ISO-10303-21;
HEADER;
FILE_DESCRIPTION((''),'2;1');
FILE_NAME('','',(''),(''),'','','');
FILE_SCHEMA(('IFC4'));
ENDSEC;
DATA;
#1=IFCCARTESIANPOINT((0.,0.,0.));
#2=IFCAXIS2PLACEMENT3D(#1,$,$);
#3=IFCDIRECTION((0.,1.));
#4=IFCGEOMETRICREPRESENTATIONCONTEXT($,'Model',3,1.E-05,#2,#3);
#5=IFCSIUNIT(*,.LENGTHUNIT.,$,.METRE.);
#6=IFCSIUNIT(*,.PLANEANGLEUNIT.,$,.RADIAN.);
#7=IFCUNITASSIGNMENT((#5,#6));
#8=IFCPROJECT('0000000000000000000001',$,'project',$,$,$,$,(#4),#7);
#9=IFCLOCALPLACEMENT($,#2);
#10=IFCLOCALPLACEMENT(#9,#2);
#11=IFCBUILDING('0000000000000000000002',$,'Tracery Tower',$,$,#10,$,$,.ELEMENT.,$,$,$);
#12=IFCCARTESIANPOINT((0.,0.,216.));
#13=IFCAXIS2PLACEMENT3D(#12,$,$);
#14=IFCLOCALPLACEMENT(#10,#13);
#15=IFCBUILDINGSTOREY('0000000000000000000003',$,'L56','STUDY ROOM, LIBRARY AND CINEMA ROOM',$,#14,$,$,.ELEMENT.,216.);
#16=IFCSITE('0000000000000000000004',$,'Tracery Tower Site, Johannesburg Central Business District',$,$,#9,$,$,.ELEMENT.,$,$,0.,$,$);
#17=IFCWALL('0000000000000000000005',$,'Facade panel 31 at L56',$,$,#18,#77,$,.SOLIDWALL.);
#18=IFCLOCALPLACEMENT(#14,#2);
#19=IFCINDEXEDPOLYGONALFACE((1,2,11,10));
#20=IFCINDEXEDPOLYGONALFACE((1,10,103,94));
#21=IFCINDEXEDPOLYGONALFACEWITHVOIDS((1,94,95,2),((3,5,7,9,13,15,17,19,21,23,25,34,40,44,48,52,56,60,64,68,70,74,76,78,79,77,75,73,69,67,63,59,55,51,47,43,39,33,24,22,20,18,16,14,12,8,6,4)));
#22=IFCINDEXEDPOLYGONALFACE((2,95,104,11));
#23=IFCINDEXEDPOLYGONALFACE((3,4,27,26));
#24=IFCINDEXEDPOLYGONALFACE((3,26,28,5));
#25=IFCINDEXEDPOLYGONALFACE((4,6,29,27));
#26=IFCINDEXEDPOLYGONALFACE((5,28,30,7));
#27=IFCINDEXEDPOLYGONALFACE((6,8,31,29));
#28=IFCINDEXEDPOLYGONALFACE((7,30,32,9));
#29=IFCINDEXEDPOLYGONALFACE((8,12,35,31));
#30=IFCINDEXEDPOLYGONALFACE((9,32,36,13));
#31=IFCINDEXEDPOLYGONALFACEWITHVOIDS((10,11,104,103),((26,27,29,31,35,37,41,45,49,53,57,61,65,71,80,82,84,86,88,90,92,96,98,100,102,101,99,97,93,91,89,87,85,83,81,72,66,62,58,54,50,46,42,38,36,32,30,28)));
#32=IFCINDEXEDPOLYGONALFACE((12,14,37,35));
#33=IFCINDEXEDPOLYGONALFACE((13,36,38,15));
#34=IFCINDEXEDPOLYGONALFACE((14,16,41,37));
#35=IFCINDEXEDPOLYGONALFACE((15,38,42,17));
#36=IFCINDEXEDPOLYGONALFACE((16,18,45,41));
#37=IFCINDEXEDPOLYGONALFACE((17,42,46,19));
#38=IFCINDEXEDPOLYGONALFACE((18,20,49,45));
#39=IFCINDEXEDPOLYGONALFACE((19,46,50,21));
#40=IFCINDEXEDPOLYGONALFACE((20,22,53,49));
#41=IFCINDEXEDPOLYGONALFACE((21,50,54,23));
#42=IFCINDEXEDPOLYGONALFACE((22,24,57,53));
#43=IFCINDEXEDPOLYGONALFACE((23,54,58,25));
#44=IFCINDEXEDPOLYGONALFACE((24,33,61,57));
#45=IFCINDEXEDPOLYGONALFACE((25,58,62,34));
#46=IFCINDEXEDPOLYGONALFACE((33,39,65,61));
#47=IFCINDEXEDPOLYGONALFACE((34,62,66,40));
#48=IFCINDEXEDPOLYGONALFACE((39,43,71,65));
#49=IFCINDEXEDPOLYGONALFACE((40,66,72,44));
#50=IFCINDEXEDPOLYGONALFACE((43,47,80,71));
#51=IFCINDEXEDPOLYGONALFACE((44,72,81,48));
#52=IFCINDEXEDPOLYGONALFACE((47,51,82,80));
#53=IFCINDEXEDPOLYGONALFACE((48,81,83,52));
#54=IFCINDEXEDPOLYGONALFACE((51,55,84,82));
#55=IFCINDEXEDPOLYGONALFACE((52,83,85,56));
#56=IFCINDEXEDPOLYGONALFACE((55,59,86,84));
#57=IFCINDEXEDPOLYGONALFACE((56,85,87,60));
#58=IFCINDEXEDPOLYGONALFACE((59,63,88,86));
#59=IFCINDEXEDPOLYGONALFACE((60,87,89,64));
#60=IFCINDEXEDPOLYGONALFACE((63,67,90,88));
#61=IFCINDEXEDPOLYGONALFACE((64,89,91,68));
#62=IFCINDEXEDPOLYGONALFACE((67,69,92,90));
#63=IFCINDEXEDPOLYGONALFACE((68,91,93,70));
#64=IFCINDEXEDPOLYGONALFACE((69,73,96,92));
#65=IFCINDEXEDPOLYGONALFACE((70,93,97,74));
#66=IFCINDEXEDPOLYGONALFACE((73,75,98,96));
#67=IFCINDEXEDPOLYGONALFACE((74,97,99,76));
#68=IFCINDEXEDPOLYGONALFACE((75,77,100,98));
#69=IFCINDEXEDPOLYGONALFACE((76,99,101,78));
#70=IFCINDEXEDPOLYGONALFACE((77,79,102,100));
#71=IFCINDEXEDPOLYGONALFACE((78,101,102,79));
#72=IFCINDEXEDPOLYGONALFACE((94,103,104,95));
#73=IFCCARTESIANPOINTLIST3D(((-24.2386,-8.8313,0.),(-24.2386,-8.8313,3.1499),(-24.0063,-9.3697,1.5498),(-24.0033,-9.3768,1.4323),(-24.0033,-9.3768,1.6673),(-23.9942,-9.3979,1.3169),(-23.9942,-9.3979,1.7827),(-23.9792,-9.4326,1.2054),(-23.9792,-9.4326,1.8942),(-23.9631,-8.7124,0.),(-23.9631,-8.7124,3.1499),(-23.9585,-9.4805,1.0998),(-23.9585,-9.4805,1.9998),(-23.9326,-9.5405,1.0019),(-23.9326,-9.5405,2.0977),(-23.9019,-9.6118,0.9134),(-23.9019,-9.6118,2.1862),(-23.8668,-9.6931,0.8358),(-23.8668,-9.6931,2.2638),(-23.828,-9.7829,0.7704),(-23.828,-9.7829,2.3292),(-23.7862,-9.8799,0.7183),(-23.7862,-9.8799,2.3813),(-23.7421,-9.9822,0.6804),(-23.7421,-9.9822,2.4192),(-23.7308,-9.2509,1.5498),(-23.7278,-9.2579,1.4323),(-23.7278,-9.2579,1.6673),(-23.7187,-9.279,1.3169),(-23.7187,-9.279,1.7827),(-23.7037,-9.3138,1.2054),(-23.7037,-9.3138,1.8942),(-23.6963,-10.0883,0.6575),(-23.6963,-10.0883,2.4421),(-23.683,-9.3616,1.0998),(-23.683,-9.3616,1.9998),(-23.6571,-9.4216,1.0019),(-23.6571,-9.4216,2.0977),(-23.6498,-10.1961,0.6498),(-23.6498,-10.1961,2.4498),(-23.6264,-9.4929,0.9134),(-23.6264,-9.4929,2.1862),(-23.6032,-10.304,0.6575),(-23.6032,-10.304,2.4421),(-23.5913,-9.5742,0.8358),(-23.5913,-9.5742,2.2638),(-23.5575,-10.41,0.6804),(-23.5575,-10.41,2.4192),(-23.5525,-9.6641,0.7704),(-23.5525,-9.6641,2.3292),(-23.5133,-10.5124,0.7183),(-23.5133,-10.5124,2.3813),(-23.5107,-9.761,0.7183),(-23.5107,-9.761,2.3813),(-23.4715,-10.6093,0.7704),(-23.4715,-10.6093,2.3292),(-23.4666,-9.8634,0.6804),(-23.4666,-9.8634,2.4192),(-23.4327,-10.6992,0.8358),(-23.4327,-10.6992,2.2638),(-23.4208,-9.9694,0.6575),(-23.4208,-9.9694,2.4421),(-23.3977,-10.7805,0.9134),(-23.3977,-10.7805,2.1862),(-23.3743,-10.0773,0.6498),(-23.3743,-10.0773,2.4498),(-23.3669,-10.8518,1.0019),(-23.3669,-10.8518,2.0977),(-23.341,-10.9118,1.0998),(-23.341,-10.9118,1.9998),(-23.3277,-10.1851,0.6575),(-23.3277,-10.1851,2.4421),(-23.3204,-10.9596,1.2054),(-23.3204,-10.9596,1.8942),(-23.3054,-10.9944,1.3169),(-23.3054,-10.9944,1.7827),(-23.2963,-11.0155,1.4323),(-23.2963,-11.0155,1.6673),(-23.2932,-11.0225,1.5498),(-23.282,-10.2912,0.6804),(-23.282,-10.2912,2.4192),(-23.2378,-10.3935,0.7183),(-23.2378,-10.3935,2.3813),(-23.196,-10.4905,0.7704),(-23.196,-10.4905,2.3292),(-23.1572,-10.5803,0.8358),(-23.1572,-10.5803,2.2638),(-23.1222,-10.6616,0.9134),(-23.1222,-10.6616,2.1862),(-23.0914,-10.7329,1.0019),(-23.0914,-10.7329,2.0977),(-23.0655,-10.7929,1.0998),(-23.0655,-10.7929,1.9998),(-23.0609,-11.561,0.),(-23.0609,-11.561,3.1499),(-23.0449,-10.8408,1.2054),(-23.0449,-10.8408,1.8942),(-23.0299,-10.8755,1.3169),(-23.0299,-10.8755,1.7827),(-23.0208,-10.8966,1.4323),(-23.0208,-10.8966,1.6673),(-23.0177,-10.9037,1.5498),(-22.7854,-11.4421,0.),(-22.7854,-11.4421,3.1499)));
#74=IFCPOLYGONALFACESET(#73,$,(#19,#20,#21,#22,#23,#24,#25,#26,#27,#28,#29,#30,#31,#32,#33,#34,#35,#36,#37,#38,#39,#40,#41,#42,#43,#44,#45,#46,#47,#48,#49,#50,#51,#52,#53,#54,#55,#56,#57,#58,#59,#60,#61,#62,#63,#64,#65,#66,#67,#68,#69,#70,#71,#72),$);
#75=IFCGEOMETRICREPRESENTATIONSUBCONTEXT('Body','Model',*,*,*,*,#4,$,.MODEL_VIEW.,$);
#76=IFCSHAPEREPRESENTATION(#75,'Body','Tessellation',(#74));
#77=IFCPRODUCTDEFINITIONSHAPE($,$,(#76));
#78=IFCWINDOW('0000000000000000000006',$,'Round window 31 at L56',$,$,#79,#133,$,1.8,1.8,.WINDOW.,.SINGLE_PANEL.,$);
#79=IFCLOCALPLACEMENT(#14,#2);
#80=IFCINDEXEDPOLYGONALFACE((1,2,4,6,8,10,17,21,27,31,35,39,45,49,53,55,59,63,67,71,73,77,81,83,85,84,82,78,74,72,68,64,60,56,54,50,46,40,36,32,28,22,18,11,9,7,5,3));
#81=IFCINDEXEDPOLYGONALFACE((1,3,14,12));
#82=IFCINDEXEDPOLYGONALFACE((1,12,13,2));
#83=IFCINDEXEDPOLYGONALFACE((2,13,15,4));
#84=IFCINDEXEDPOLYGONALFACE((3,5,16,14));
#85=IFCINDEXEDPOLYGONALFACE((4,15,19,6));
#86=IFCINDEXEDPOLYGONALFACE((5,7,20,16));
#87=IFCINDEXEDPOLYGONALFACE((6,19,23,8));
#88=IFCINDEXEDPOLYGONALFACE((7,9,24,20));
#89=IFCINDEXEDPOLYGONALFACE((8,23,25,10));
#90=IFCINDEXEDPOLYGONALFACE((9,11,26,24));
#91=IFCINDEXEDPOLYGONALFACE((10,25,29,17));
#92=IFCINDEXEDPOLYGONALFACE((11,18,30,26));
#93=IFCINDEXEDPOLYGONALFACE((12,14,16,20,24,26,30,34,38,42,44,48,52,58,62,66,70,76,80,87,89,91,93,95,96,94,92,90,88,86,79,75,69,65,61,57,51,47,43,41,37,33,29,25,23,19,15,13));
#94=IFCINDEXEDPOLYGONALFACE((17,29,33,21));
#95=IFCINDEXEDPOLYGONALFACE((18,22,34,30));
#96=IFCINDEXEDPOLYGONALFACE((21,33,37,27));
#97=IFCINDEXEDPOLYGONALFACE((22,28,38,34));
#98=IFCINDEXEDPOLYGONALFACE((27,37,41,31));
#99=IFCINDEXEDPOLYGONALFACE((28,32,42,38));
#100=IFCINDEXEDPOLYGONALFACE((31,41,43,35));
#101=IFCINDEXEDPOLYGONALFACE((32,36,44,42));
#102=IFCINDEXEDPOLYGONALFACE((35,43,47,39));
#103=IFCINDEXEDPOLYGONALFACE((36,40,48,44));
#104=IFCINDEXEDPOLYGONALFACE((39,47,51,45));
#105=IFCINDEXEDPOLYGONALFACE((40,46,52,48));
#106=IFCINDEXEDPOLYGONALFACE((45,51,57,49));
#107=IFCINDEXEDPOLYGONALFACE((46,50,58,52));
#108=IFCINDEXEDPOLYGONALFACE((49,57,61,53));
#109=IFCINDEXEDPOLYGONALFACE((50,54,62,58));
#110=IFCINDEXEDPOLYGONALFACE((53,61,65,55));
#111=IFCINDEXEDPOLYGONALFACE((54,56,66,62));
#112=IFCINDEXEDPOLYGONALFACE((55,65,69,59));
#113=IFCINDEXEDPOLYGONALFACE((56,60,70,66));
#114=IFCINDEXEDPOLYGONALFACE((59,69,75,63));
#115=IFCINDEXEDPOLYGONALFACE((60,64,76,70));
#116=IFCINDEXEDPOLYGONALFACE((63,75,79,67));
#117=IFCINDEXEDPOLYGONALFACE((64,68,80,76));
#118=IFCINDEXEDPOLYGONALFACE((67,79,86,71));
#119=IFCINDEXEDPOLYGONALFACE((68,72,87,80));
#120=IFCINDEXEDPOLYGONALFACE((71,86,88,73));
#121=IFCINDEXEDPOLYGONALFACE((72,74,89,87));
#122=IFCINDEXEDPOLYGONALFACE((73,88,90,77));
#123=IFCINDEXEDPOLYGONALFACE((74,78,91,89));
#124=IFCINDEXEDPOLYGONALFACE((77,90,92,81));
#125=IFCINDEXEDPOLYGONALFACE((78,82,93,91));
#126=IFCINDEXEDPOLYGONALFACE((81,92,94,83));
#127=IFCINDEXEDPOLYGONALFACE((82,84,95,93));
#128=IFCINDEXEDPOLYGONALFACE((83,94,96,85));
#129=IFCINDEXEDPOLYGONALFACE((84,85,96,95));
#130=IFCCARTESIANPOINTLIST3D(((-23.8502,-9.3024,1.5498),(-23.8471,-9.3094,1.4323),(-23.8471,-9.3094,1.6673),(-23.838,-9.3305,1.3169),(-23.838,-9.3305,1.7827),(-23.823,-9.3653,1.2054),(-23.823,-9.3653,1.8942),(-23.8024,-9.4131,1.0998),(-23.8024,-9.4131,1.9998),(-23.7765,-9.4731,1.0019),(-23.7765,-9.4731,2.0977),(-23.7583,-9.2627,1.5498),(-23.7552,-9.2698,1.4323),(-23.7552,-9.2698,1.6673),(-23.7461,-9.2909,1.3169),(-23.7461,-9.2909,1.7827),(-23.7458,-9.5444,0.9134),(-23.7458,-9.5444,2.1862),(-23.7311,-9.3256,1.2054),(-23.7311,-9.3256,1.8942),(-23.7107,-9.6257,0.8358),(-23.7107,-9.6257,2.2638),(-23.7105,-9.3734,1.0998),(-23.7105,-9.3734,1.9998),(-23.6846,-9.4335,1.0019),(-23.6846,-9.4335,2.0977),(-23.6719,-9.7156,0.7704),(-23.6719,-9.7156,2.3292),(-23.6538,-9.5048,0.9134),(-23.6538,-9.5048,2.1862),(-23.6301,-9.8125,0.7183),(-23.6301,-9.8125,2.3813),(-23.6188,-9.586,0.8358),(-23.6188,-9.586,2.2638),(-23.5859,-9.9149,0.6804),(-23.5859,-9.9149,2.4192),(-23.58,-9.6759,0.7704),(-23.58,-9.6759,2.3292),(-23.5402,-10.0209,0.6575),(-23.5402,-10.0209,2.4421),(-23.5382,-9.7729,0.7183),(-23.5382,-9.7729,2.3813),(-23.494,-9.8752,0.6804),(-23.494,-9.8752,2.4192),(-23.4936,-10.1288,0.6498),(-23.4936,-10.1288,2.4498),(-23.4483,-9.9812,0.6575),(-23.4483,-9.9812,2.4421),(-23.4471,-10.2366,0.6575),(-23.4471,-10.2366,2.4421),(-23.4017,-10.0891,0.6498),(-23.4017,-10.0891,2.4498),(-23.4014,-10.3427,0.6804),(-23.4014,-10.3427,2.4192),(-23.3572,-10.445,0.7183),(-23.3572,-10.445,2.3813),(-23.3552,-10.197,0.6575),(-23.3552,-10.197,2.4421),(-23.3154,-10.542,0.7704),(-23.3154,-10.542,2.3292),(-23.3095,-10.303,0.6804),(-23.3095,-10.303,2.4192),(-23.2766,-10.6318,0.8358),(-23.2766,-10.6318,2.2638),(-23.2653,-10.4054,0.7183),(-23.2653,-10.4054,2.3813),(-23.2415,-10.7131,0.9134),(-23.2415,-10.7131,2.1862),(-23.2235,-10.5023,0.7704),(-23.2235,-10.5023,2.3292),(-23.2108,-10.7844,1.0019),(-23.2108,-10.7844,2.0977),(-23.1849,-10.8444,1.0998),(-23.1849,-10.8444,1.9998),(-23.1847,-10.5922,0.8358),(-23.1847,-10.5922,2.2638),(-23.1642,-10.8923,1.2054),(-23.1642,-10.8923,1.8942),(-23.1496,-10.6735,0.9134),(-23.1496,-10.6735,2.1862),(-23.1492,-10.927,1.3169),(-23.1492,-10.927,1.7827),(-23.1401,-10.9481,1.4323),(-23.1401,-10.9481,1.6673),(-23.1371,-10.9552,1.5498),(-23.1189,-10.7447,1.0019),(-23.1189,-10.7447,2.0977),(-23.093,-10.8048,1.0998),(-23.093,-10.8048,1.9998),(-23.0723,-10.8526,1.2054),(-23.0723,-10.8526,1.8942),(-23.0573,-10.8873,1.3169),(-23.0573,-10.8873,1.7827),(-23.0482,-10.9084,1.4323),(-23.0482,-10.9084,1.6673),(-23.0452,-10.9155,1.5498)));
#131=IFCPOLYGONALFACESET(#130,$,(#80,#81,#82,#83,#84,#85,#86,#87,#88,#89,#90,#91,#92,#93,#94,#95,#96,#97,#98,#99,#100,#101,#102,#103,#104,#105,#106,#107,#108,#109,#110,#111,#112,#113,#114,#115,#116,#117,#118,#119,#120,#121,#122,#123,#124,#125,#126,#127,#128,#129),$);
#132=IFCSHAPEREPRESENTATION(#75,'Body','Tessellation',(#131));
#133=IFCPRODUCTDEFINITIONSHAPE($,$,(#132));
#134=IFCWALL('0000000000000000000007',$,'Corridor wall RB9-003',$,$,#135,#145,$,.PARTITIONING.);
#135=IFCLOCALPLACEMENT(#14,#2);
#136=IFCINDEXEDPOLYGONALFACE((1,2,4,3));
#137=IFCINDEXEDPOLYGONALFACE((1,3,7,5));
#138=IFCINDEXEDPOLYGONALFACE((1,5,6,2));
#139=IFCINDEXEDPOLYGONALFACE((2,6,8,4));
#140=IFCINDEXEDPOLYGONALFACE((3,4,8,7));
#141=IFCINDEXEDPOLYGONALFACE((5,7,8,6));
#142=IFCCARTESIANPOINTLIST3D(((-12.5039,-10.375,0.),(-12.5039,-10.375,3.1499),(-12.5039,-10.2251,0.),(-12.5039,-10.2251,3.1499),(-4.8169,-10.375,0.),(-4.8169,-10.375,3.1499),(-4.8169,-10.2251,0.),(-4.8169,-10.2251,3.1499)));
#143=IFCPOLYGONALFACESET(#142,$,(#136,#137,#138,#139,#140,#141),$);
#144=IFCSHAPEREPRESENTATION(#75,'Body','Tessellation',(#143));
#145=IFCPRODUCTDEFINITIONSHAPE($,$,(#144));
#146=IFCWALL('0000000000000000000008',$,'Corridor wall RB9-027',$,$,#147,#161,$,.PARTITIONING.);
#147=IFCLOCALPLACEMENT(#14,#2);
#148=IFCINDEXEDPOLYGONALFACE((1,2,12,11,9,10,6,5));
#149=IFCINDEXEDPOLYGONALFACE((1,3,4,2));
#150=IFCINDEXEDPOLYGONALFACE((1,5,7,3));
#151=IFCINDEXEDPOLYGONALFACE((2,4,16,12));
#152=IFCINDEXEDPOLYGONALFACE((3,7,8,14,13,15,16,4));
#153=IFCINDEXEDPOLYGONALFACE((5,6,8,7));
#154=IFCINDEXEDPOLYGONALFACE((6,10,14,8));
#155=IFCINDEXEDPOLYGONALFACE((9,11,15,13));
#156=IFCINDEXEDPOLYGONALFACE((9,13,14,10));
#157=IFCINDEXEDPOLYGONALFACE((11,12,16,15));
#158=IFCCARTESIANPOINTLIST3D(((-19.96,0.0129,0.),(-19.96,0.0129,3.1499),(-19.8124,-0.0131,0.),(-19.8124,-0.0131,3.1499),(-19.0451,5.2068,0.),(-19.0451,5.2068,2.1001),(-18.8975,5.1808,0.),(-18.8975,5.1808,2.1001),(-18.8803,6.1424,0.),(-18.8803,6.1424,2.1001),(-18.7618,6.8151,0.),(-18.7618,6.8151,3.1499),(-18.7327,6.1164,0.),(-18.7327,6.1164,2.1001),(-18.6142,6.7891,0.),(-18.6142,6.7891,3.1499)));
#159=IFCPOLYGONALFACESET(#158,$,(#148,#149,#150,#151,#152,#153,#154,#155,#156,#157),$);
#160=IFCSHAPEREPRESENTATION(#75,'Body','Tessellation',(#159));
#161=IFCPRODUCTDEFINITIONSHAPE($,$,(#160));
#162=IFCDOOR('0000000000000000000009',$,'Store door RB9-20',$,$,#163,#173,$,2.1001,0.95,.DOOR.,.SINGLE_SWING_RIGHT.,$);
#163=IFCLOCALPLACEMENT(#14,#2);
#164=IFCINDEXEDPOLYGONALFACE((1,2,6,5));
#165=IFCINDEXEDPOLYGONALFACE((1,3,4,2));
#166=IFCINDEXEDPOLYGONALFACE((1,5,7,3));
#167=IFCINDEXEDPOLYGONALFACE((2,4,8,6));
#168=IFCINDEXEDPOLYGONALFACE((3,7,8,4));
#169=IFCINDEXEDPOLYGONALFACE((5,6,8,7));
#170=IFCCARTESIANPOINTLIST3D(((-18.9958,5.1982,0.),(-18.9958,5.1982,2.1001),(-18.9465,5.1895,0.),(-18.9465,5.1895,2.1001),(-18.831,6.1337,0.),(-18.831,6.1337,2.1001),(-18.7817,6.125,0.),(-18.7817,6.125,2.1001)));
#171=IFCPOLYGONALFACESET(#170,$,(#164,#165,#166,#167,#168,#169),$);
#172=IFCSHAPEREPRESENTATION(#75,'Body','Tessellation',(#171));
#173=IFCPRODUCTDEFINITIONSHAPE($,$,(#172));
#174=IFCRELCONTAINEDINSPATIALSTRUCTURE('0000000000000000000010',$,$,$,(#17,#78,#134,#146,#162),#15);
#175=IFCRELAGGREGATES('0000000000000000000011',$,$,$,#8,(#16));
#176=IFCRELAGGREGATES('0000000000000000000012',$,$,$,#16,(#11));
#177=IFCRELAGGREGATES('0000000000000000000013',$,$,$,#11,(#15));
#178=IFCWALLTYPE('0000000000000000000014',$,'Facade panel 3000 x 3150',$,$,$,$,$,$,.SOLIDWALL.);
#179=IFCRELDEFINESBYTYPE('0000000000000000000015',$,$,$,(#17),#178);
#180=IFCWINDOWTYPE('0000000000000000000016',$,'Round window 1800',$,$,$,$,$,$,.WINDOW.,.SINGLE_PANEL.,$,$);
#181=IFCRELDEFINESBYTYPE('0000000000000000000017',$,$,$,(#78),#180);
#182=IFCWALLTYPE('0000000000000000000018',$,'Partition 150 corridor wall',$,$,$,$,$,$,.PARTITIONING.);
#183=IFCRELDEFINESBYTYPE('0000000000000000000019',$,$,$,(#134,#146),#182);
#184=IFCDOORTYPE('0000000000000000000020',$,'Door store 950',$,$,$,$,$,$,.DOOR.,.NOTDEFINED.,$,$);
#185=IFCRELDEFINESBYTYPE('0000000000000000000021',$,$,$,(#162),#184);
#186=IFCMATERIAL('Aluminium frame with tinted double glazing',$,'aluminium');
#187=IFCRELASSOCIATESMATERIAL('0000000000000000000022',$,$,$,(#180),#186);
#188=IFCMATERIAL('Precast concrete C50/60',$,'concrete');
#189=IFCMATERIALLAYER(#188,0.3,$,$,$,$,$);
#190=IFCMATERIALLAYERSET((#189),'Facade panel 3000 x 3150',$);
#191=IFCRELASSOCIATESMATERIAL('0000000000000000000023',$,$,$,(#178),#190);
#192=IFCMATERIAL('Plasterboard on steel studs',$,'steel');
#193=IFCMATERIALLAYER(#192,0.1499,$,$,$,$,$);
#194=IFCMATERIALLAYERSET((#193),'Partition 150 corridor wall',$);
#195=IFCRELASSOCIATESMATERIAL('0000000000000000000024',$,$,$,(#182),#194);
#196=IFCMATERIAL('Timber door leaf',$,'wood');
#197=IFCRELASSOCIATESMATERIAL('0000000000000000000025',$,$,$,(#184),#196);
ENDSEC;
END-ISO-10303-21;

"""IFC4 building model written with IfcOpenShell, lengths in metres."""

from ifc_helpers import new_model, si_unit, direction, frame, frame_2d, origin, origin_2d, place, context, subcontext, project, spatial, rectangle, circle, extrude, material, layer, layer_set, type_object, element, fill, save


model = new_model("IFC4")

# Units and contexts
model_context = context("Model", 3, precision=1e-05, world=origin(), true_north=direction((0.0, 1.0)))
body_context = subcontext(model_context, "Body", "Model", "MODEL_VIEW")
ifc_project = project(units=[si_unit("LENGTHUNIT", "METRE"), si_unit("PLANEANGLEUNIT", "RADIAN")], contexts=[model_context])

# Site, building, storey
site_placement = place(None, origin())
site = spatial("IfcSite", under=ifc_project, at=site_placement, Name="Tracery Tower Site, Johannesburg Central Business District", CompositionType="ELEMENT", RefElevation=0.0)
building_placement = place(site_placement, origin())
building = spatial("IfcBuilding", under=site, at=building_placement, Name="Tracery Tower", CompositionType="ELEMENT")
storey_placement = place(building_placement, frame((0.0, 0.0, 216.0)))
storey = spatial("IfcBuildingStorey", under=building, at=storey_placement, Name="L56", Description="STUDY ROOM, LIBRARY AND CINEMA ROOM", CompositionType="ELEMENT", Elevation=216.0)

# Wall, opening, window
ifc_material_1 = material(Name="Aluminium frame with tinted double glazing", Category="aluminium")
window_type = type_object("IfcWindowType", Name="Round window 1800", PartitioningType="SINGLE_PANEL", PredefinedType="WINDOW", material=ifc_material_1)
ifc_material_2 = material(Name="Precast concrete C50/60", Category="concrete")
ifc_layer_1 = layer(ifc_material_2, 0.3)
ifc_layer_set_1 = layer_set([ifc_layer_1], Name="Facade panel 3000 x 3150")
wall_type_1 = type_object("IfcWallType", Name="Facade panel 3000 x 3150", PredefinedType="SOLIDWALL", material=ifc_layer_set_1)
wall_1_placement = place(storey_placement, frame((-24.1008, -8.772, 0.0), z_axis=(0.0, 0.0, 1.0), x_axis=(0.396148, -0.918187, 0.0)))
wall_1 = element("IfcWall", 1, at=wall_1_placement, inside=storey, type_object=wall_type_1, Name="Facade panel 31 at L56", PredefinedType="SOLIDWALL", context=body_context, shape_type="SweptSolid", body=[
    extrude(rectangle(XDim=2.9729, YDim=0.3, at=frame_2d((1.4863, 0.0))), origin(), (0.0, 0.0, 1.0), 3.1499),
])
opening_1_placement = place(wall_1_placement, frame((1.4863, 0.0, 1.5498)))
opening_1 = element("IfcOpeningElement", 2, at=opening_1_placement, cuts=wall_1, PredefinedType="OPENING", context=body_context, shape_type="SweptSolid", body=[
    extrude(circle(Radius=0.9, at=origin_2d()), frame((0.0, 0.1599, 0.0), z_axis=(0.0, -1.0, 0.0), x_axis=(1.0, 0.0, 0.0)), (0.0, 0.0, 1.0), 0.3201),
])
window_1_placement = place(opening_1_placement, origin())
window_1 = element("IfcWindow", 3, at=window_1_placement, inside=storey, type_object=window_type, Name="Round window 31 at L56", OverallHeight=1.8, OverallWidth=1.8, PartitioningType="SINGLE_PANEL", PredefinedType="WINDOW", context=body_context, shape_type="SweptSolid", body=[
    extrude(circle(Radius=0.9, at=origin_2d()), frame((0.0, 0.1201, 0.0), z_axis=(0.0, -1.0, 0.0), x_axis=(1.0, 0.0, 0.0)), (0.0, 0.0, 1.0), 0.1001),
])
fill(opening_1, window_1)

# Wall
ifc_material_3 = material(Name="Plasterboard on steel studs", Category="steel")
ifc_layer_2 = layer(ifc_material_3, 0.1499)
ifc_layer_set_2 = layer_set([ifc_layer_2], Name="Partition 150 corridor wall")
wall_type_2 = type_object("IfcWallType", Name="Partition 150 corridor wall", PredefinedType="PARTITIONING", material=ifc_layer_set_2)
wall_2_placement = place(storey_placement, frame((-12.5039, -10.3, 0.0), z_axis=(0.0, 0.0, 1.0), x_axis=(1.0, 0.0, 0.0)))
element("IfcWall", 4, at=wall_2_placement, inside=storey, type_object=wall_type_2, Name="Corridor wall RB9-003", PredefinedType="PARTITIONING", context=body_context, shape_type="SweptSolid", body=[
    extrude(rectangle(XDim=7.687, YDim=0.1499, at=frame_2d((3.8435, 0.0))), origin(), (0.0, 0.0, 1.0), 3.1499),
])

# Wall, opening, door
wall_3_placement = place(storey_placement, frame((-19.8862, -0.0002, 0.0), z_axis=(0.0, 0.0, 1.0), x_axis=(0.173483, 0.984837, 0.0)))
wall_3 = element("IfcWall", 5, at=wall_3_placement, inside=storey, type_object=wall_type_2, Name="Corridor wall RB9-027", PredefinedType="PARTITIONING", context=body_context, shape_type="SweptSolid", body=[
    extrude(rectangle(XDim=6.907, YDim=0.1499, at=frame_2d((3.4536, 0.0))), origin(), (0.0, 0.0, 1.0), 3.1499),
])
opening_2_placement = place(wall_3_placement, frame((5.2739, 0.0, 0.0)))
opening_2 = element("IfcOpeningElement", 6, at=opening_2_placement, cuts=wall_3, PredefinedType="OPENING", context=body_context, shape_type="SweptSolid", body=[
    extrude(rectangle(XDim=0.95, YDim=2.1001, at=frame_2d((0.4751, 1.05))), frame((0.0, 0.075, 0.0), z_axis=(0.0, -1.0, 0.0), x_axis=(1.0, 0.0, 0.0)), (0.0, 0.0, 1.0), 0.1499),
])
ifc_material_4 = material(Name="Timber door leaf", Category="wood")
door_type_1 = type_object("IfcDoorType", Name="Door store 950", OperationType="NOTDEFINED", PredefinedType="DOOR", material=ifc_material_4)
door_1_placement = place(opening_2_placement, origin())
door_1 = element("IfcDoor", 7, at=door_1_placement, inside=storey, type_object=door_type_1, Name="Store door RB9-20", OperationType="SINGLE_SWING_RIGHT", OverallHeight=2.1001, OverallWidth=0.95, PredefinedType="DOOR", context=body_context, shape_type="SweptSolid", body=[
    extrude(rectangle(XDim=0.95, YDim=2.1001, at=frame_2d((0.4751, 1.05))), frame((0.0, 0.0249, 0.0), z_axis=(0.0, -1.0, 0.0), x_axis=(1.0, 0.0, 0.0)), (0.0, 0.0, 1.0), 0.05),
])
fill(opening_2, door_1)

save(model, "model.ifc")
